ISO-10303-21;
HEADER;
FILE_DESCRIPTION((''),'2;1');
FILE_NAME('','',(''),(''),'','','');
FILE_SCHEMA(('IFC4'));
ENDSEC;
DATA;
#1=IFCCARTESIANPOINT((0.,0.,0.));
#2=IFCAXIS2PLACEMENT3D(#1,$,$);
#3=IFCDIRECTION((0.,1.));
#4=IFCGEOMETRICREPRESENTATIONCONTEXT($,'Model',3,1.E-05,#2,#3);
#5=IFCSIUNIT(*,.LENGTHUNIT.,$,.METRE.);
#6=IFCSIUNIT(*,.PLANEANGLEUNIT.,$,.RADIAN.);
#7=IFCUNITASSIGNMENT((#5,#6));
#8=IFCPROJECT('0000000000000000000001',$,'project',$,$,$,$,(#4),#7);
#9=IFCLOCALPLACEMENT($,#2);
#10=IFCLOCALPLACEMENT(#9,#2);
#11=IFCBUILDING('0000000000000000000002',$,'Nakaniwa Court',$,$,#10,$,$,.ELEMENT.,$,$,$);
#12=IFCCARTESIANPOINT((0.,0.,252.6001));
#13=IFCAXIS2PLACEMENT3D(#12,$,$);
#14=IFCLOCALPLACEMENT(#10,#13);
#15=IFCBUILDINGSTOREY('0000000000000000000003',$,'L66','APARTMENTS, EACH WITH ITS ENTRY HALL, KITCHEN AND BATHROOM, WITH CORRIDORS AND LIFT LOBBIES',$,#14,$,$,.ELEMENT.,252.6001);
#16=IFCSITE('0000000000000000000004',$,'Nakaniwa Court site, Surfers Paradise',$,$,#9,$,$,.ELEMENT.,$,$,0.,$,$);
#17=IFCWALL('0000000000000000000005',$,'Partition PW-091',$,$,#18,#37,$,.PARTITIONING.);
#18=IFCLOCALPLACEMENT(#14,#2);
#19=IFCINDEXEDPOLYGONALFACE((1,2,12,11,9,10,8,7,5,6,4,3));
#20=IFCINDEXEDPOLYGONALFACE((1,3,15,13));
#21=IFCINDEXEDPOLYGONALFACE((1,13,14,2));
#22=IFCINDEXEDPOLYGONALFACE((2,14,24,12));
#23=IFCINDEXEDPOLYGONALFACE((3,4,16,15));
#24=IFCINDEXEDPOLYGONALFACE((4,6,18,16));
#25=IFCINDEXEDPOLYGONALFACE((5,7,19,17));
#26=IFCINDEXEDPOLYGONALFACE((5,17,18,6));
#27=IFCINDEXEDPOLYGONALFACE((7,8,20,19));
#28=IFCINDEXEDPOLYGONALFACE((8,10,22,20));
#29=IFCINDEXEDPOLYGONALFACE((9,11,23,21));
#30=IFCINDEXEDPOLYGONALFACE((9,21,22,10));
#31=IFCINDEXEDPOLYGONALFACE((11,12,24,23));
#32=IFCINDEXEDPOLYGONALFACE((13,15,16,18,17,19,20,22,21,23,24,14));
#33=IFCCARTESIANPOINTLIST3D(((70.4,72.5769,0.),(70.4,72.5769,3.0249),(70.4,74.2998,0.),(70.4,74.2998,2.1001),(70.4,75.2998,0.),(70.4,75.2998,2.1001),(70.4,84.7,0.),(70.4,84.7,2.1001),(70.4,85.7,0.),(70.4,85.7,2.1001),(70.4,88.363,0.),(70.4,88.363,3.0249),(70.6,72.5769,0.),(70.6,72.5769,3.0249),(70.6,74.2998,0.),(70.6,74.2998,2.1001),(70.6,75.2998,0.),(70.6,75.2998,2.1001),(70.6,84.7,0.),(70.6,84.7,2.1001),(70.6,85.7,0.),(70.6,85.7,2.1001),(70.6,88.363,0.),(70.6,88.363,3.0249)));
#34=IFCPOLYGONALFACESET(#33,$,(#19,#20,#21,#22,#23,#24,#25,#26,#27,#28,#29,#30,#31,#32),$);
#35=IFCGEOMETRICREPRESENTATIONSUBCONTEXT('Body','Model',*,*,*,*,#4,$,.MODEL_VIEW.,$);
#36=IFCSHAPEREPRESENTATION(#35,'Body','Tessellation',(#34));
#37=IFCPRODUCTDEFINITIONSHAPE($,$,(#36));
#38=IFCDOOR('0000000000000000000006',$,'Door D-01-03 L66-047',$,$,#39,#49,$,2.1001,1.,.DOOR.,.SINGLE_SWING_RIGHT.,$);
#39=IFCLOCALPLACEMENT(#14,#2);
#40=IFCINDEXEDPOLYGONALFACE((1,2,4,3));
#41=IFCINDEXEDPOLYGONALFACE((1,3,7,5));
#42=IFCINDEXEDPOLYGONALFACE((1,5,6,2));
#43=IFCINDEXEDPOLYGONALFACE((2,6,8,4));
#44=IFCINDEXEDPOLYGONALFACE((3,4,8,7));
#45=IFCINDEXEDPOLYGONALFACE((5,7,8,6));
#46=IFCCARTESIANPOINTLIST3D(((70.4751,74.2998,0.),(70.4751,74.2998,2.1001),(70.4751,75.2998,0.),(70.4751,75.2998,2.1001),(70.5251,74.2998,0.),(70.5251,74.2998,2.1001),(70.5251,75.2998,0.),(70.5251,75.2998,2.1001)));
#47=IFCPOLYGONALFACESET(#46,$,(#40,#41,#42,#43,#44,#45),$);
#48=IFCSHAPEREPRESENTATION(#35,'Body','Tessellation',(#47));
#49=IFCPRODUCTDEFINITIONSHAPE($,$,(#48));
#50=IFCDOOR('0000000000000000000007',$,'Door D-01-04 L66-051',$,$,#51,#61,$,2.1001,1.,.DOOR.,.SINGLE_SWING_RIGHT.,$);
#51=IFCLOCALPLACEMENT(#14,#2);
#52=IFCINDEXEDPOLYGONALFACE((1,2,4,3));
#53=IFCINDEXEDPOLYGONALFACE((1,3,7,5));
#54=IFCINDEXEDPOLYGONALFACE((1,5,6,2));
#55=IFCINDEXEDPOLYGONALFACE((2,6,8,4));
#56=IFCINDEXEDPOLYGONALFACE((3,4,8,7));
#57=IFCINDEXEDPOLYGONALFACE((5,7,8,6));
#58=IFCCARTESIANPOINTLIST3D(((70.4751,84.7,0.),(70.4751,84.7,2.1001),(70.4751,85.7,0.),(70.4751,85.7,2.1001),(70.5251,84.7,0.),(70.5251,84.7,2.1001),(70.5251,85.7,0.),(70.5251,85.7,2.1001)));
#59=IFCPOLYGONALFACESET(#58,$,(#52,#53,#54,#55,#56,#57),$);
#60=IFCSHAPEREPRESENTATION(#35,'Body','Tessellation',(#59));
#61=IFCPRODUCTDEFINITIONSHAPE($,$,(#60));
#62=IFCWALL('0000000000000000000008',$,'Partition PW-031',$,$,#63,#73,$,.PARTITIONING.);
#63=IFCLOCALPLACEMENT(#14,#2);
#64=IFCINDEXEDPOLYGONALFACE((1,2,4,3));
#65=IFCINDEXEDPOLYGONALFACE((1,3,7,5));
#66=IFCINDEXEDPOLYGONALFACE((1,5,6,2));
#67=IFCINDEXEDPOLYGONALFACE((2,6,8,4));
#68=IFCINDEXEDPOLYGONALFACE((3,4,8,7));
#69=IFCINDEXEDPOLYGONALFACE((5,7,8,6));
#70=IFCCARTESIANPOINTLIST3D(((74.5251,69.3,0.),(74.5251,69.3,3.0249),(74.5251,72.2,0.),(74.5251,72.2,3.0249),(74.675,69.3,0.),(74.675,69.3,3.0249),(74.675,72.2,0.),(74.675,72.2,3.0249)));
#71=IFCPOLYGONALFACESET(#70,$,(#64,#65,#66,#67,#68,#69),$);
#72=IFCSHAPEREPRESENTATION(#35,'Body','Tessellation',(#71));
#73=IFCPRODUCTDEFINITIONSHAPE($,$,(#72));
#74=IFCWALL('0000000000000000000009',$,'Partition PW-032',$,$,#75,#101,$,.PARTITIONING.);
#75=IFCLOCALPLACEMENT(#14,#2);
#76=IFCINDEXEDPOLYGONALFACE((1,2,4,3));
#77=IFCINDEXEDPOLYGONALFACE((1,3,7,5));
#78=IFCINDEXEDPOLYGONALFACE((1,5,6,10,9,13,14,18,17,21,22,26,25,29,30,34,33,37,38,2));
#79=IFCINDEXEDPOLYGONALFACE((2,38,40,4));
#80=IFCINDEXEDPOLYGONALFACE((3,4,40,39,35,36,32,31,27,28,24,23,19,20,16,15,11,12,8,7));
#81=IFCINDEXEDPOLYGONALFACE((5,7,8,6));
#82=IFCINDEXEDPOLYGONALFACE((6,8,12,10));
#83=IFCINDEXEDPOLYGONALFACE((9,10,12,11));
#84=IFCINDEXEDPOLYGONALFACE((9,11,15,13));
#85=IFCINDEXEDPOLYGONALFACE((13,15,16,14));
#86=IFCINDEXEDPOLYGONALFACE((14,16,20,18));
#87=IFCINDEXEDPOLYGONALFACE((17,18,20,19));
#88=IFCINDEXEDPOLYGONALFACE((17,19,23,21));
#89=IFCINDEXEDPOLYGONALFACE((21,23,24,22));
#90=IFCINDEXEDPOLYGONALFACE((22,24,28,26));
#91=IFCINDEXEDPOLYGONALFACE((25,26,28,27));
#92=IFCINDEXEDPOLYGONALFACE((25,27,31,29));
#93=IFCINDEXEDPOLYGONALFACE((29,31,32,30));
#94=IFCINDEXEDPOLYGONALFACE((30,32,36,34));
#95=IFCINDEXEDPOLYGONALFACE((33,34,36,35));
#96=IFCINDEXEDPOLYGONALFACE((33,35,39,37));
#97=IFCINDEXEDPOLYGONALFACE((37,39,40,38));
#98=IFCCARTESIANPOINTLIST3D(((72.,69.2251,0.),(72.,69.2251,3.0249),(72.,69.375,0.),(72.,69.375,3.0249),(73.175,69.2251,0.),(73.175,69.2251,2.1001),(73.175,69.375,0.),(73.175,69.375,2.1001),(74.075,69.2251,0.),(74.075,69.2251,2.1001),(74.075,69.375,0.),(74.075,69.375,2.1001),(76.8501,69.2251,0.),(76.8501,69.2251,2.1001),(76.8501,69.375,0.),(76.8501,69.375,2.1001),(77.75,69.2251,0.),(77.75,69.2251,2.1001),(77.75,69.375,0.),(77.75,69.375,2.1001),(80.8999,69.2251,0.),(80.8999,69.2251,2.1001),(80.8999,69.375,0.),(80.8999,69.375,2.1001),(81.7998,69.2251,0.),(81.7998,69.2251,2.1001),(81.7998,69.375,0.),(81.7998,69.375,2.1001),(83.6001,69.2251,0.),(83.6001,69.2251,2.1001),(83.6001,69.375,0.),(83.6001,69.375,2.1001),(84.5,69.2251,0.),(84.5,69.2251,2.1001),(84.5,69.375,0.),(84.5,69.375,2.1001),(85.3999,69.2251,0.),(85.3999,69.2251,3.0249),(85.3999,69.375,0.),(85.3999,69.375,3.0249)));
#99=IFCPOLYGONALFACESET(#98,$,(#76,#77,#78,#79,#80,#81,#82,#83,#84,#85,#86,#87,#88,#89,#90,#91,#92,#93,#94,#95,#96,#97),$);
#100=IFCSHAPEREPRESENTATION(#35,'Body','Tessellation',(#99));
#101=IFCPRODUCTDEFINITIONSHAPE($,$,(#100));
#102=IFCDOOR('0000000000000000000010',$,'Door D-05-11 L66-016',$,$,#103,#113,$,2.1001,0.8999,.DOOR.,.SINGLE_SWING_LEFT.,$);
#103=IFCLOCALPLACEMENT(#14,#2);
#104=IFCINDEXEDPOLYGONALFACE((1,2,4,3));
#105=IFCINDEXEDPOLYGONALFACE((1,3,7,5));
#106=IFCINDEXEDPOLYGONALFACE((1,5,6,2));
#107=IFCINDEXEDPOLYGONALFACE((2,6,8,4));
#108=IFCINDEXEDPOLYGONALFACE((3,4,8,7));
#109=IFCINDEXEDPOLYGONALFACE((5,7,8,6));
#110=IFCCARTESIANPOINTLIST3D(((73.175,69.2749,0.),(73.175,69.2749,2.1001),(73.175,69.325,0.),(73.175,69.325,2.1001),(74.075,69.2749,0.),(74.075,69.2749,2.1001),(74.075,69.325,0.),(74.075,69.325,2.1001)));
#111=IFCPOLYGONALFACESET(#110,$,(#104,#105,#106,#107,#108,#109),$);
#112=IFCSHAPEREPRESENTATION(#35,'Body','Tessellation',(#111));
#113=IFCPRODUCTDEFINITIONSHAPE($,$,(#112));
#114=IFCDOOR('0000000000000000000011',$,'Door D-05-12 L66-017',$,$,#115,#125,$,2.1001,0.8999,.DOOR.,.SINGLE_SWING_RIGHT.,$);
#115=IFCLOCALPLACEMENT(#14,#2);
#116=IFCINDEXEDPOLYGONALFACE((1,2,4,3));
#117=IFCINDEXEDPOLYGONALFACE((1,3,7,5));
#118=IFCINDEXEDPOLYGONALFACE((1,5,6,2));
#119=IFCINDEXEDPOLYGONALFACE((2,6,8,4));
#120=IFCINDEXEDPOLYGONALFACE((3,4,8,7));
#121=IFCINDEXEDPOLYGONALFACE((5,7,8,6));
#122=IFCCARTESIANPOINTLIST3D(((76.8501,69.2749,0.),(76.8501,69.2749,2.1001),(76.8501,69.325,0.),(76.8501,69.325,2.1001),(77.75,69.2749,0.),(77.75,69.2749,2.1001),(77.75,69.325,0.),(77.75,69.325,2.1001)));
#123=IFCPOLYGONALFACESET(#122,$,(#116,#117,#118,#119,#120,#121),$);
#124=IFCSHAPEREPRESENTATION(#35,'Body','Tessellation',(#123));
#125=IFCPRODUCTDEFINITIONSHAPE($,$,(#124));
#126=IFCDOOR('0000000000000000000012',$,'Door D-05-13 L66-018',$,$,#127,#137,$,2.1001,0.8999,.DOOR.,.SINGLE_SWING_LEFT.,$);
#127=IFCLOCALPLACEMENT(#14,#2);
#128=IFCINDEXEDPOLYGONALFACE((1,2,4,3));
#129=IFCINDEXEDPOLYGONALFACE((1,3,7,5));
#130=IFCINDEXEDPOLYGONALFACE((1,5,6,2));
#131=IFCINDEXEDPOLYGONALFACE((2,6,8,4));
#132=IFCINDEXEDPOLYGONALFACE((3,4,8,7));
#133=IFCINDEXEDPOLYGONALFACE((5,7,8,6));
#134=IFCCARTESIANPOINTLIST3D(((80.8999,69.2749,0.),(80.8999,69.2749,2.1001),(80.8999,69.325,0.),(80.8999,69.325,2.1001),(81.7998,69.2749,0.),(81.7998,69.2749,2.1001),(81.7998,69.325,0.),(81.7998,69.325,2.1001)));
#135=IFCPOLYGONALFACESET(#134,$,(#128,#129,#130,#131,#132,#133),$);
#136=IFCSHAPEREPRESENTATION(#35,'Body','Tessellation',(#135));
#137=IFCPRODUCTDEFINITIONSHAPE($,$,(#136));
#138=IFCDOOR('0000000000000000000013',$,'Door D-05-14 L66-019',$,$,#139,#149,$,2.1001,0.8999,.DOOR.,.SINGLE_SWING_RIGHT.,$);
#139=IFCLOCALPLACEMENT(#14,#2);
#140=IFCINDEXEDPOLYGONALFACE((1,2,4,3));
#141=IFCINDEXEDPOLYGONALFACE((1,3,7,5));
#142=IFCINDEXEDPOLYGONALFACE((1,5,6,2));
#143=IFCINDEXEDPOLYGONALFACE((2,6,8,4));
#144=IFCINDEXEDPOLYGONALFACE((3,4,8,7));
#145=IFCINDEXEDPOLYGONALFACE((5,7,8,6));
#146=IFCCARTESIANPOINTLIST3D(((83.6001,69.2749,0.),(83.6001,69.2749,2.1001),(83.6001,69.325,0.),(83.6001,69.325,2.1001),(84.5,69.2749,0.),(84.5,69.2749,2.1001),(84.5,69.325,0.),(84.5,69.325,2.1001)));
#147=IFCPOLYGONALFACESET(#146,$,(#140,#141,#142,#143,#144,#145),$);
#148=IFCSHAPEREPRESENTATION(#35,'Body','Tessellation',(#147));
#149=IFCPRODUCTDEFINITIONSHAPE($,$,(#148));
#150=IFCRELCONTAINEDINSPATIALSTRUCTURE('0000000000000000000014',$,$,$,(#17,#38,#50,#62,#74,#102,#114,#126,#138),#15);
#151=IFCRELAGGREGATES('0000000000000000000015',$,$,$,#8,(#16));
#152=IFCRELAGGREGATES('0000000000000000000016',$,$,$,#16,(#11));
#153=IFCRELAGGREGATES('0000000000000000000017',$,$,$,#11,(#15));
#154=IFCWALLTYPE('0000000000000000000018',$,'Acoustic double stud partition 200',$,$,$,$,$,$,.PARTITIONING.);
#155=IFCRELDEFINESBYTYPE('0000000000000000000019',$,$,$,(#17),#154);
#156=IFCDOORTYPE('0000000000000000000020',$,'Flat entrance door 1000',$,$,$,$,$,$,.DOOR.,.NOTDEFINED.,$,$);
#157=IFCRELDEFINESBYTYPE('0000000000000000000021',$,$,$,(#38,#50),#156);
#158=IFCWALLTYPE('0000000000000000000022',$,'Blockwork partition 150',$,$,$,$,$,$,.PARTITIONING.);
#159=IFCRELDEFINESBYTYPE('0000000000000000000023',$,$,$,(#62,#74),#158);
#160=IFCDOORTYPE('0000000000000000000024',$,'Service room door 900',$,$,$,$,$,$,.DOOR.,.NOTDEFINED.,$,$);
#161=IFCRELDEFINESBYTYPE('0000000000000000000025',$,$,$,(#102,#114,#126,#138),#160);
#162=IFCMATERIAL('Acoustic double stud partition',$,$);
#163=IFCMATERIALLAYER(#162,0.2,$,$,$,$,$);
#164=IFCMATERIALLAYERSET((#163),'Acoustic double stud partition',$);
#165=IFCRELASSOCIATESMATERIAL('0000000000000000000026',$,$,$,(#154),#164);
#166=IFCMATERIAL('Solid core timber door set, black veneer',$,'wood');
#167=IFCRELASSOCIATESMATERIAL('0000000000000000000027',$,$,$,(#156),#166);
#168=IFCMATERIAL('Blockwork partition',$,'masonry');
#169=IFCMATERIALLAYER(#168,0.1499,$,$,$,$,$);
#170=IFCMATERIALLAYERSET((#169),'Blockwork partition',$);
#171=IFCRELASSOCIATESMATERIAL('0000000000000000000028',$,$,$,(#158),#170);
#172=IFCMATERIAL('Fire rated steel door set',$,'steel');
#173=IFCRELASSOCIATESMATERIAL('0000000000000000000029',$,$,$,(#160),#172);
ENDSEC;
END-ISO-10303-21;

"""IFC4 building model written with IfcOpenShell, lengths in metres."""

from ifc_helpers import new_model, si_unit, direction, frame, frame_2d, origin, place, context, subcontext, project, spatial, rectangle, extrude, material, layer, layer_set, type_object, element, fill, save


model = new_model("IFC4")

# Units and contexts
model_context = context("Model", 3, precision=1e-05, world=origin(), true_north=direction((0.0, 1.0)))
body_context = subcontext(model_context, "Body", "Model", "MODEL_VIEW")
ifc_project = project(units=[si_unit("LENGTHUNIT", "METRE"), si_unit("PLANEANGLEUNIT", "RADIAN")], contexts=[model_context])

# Site, building, storey
site_placement = place(None, origin())
site = spatial("IfcSite", under=ifc_project, at=site_placement, Name="Nakaniwa Court site, Surfers Paradise", CompositionType="ELEMENT", RefElevation=0.0)
building_placement = place(site_placement, origin())
building = spatial("IfcBuilding", under=site, at=building_placement, Name="Nakaniwa Court", CompositionType="ELEMENT")
storey_placement = place(building_placement, frame((0.0, 0.0, 252.6001)))
storey = spatial("IfcBuildingStorey", under=building, at=storey_placement, Name="L66", Description="APARTMENTS, EACH WITH ITS ENTRY HALL, KITCHEN AND BATHROOM, WITH CORRIDORS AND LIFT LOBBIES", CompositionType="ELEMENT", Elevation=252.6001)

# Shared definitions
ifc_material_1 = material(Name="Acoustic double stud partition")
ifc_layer_1 = layer(ifc_material_1, 0.2)
ifc_layer_set_1 = layer_set([ifc_layer_1], Name="Acoustic double stud partition")
wall_type_1 = type_object("IfcWallType", Name="Acoustic double stud partition 200", PredefinedType="PARTITIONING", material=ifc_layer_set_1)

# Shared definitions
ifc_material_2 = material(Name="Solid core timber door set, black veneer", Category="wood")

# Wall, openings, doors
wall_1_placement = place(storey_placement, frame((70.5, 72.5769, 0.0), z_axis=(0.0, 0.0, 1.0), x_axis=(0.0, 1.0, 0.0)))
wall_1 = element("IfcWall", 1, at=wall_1_placement, inside=storey, type_object=wall_type_1, Name="Partition PW-091", PredefinedType="PARTITIONING", context=body_context, shape_type="SweptSolid", body=[
    extrude(rectangle(XDim=15.7861, YDim=0.2, at=frame_2d((7.8931, 0.0))), origin(), (0.0, 0.0, 1.0), 3.0249),
])
opening_1_placement = place(wall_1_placement, frame((1.7229, 0.0, 0.0)))
opening_1 = element("IfcOpeningElement", 2, at=opening_1_placement, cuts=wall_1, PredefinedType="OPENING", context=body_context, shape_type="SweptSolid", body=[
    extrude(rectangle(XDim=1.0, YDim=2.1001, at=frame_2d((0.5, 1.05))), frame((0.0, 0.1099, 0.0), z_axis=(0.0, -1.0, 0.0), x_axis=(1.0, 0.0, 0.0)), (0.0, 0.0, 1.0), 0.22),
])
opening_2_placement = place(wall_1_placement, frame((12.123, 0.0, 0.0)))
opening_2 = element("IfcOpeningElement", 3, at=opening_2_placement, cuts=wall_1, PredefinedType="OPENING", context=body_context, shape_type="SweptSolid", body=[
    extrude(rectangle(XDim=1.0, YDim=2.1001, at=frame_2d((0.5, 1.05))), frame((0.0, 0.1099, 0.0), z_axis=(0.0, -1.0, 0.0), x_axis=(1.0, 0.0, 0.0)), (0.0, 0.0, 1.0), 0.22),
])
door_type_1 = type_object("IfcDoorType", Name="Flat entrance door 1000", OperationType="NOTDEFINED", PredefinedType="DOOR", material=ifc_material_2)
door_1_placement = place(opening_1_placement, origin())
door_1 = element("IfcDoor", 4, at=door_1_placement, inside=storey, type_object=door_type_1, Name="Door D-01-03 L66-047", OperationType="SINGLE_SWING_RIGHT", OverallHeight=2.1001, OverallWidth=1.0, PredefinedType="DOOR", context=body_context, shape_type="SweptSolid", body=[
    extrude(rectangle(XDim=1.0, YDim=2.1001, at=frame_2d((0.5, 1.05))), frame((0.0, 0.0249, 0.0), z_axis=(0.0, -1.0, 0.0), x_axis=(1.0, 0.0, 0.0)), (0.0, 0.0, 1.0), 0.05),
])
fill(opening_1, door_1)
door_2_placement = place(opening_2_placement, origin())
door_2 = element("IfcDoor", 5, at=door_2_placement, inside=storey, type_object=door_type_1, Name="Door D-01-04 L66-051", OperationType="SINGLE_SWING_RIGHT", OverallHeight=2.1001, OverallWidth=1.0, PredefinedType="DOOR", context=body_context, shape_type="SweptSolid", body=[
    extrude(rectangle(XDim=1.0, YDim=2.1001, at=frame_2d((0.5, 1.05))), frame((0.0, 0.0249, 0.0), z_axis=(0.0, -1.0, 0.0), x_axis=(1.0, 0.0, 0.0)), (0.0, 0.0, 1.0), 0.05),
])
fill(opening_2, door_2)

# Wall
ifc_material_3 = material(Name="Blockwork partition", Category="masonry")
ifc_layer_2 = layer(ifc_material_3, 0.1499)
ifc_layer_set_2 = layer_set([ifc_layer_2], Name="Blockwork partition")
wall_type_2 = type_object("IfcWallType", Name="Blockwork partition 150", PredefinedType="PARTITIONING", material=ifc_layer_set_2)
wall_2_placement = place(storey_placement, frame((74.6001, 69.3, 0.0), z_axis=(0.0, 0.0, 1.0), x_axis=(0.0, 1.0, 0.0)))
element("IfcWall", 6, at=wall_2_placement, inside=storey, type_object=wall_type_2, Name="Partition PW-031", PredefinedType="PARTITIONING", context=body_context, shape_type="SweptSolid", body=[
    extrude(rectangle(XDim=2.8999, YDim=0.1499, at=frame_2d((1.45, 0.0))), origin(), (0.0, 0.0, 1.0), 3.0249),
])

# Wall, openings, doors
wall_3_placement = place(storey_placement, frame((72.0, 69.3, 0.0), z_axis=(0.0, 0.0, 1.0), x_axis=(1.0, 0.0, 0.0)))
wall_3 = element("IfcWall", 7, at=wall_3_placement, inside=storey, type_object=wall_type_2, Name="Partition PW-032", PredefinedType="PARTITIONING", context=body_context, shape_type="SweptSolid", body=[
    extrude(rectangle(XDim=13.3999, YDim=0.1499, at=frame_2d((6.7, 0.0))), origin(), (0.0, 0.0, 1.0), 3.0249),
])
opening_3_placement = place(wall_3_placement, frame((1.175, 0.0, 0.0)))
opening_3 = element("IfcOpeningElement", 8, at=opening_3_placement, cuts=wall_3, PredefinedType="OPENING", context=body_context, shape_type="SweptSolid", body=[
    extrude(rectangle(XDim=0.8999, YDim=2.1001, at=frame_2d((0.45, 1.05))), frame((0.0, 0.085, 0.0), z_axis=(0.0, -1.0, 0.0), x_axis=(1.0, 0.0, 0.0)), (0.0, 0.0, 1.0), 0.1699),
])
opening_4_placement = place(wall_3_placement, frame((4.8501, 0.0, 0.0)))
opening_4 = element("IfcOpeningElement", 9, at=opening_4_placement, cuts=wall_3, PredefinedType="OPENING", context=body_context, shape_type="SweptSolid", body=[
    extrude(rectangle(XDim=0.8999, YDim=2.1001, at=frame_2d((0.45, 1.05))), frame((0.0, 0.085, 0.0), z_axis=(0.0, -1.0, 0.0), x_axis=(1.0, 0.0, 0.0)), (0.0, 0.0, 1.0), 0.1699),
])
opening_5_placement = place(wall_3_placement, frame((8.8999, 0.0, 0.0)))
opening_5 = element("IfcOpeningElement", 10, at=opening_5_placement, cuts=wall_3, PredefinedType="OPENING", context=body_context, shape_type="SweptSolid", body=[
    extrude(rectangle(XDim=0.8999, YDim=2.1001, at=frame_2d((0.45, 1.05))), frame((0.0, 0.085, 0.0), z_axis=(0.0, -1.0, 0.0), x_axis=(1.0, 0.0, 0.0)), (0.0, 0.0, 1.0), 0.1699),
])
opening_6_placement = place(wall_3_placement, frame((11.6001, 0.0, 0.0)))
opening_6 = element("IfcOpeningElement", 11, at=opening_6_placement, cuts=wall_3, PredefinedType="OPENING", context=body_context, shape_type="SweptSolid", body=[
    extrude(rectangle(XDim=0.8999, YDim=2.1001, at=frame_2d((0.45, 1.05))), frame((0.0, 0.085, 0.0), z_axis=(0.0, -1.0, 0.0), x_axis=(1.0, 0.0, 0.0)), (0.0, 0.0, 1.0), 0.1699),
])
ifc_material_4 = material(Name="Fire rated steel door set", Category="steel")
door_type_2 = type_object("IfcDoorType", Name="Service room door 900", OperationType="NOTDEFINED", PredefinedType="DOOR", material=ifc_material_4)
door_3_placement = place(opening_3_placement, origin())
door_3 = element("IfcDoor", 12, at=door_3_placement, inside=storey, type_object=door_type_2, Name="Door D-05-11 L66-016", OperationType="SINGLE_SWING_LEFT", OverallHeight=2.1001, OverallWidth=0.8999, PredefinedType="DOOR", context=body_context, shape_type="SweptSolid", body=[
    extrude(rectangle(XDim=0.8999, YDim=2.1001, at=frame_2d((0.45, 1.05))), frame((0.0, 0.0249, 0.0), z_axis=(0.0, -1.0, 0.0), x_axis=(1.0, 0.0, 0.0)), (0.0, 0.0, 1.0), 0.05),
])
fill(opening_3, door_3)
door_4_placement = place(opening_4_placement, origin())
door_4 = element("IfcDoor", 13, at=door_4_placement, inside=storey, type_object=door_type_2, Name="Door D-05-12 L66-017", OperationType="SINGLE_SWING_RIGHT", OverallHeight=2.1001, OverallWidth=0.8999, PredefinedType="DOOR", context=body_context, shape_type="SweptSolid", body=[
    extrude(rectangle(XDim=0.8999, YDim=2.1001, at=frame_2d((0.45, 1.05))), frame((0.0, 0.0249, 0.0), z_axis=(0.0, -1.0, 0.0), x_axis=(1.0, 0.0, 0.0)), (0.0, 0.0, 1.0), 0.05),
])
fill(opening_4, door_4)
door_5_placement = place(opening_5_placement, origin())
door_5 = element("IfcDoor", 14, at=door_5_placement, inside=storey, type_object=door_type_2, Name="Door D-05-13 L66-018", OperationType="SINGLE_SWING_LEFT", OverallHeight=2.1001, OverallWidth=0.8999, PredefinedType="DOOR", context=body_context, shape_type="SweptSolid", body=[
    extrude(rectangle(XDim=0.8999, YDim=2.1001, at=frame_2d((0.45, 1.05))), frame((0.0, 0.0249, 0.0), z_axis=(0.0, -1.0, 0.0), x_axis=(1.0, 0.0, 0.0)), (0.0, 0.0, 1.0), 0.05),
])
fill(opening_5, door_5)
door_6_placement = place(opening_6_placement, origin())
door_6 = element("IfcDoor", 15, at=door_6_placement, inside=storey, type_object=door_type_2, Name="Door D-05-14 L66-019", OperationType="SINGLE_SWING_RIGHT", OverallHeight=2.1001, OverallWidth=0.8999, PredefinedType="DOOR", context=body_context, shape_type="SweptSolid", body=[
    extrude(rectangle(XDim=0.8999, YDim=2.1001, at=frame_2d((0.45, 1.05))), frame((0.0, 0.0249, 0.0), z_axis=(0.0, -1.0, 0.0), x_axis=(1.0, 0.0, 0.0)), (0.0, 0.0, 1.0), 0.05),
])
fill(opening_6, door_6)

save(model, "model.ifc")
